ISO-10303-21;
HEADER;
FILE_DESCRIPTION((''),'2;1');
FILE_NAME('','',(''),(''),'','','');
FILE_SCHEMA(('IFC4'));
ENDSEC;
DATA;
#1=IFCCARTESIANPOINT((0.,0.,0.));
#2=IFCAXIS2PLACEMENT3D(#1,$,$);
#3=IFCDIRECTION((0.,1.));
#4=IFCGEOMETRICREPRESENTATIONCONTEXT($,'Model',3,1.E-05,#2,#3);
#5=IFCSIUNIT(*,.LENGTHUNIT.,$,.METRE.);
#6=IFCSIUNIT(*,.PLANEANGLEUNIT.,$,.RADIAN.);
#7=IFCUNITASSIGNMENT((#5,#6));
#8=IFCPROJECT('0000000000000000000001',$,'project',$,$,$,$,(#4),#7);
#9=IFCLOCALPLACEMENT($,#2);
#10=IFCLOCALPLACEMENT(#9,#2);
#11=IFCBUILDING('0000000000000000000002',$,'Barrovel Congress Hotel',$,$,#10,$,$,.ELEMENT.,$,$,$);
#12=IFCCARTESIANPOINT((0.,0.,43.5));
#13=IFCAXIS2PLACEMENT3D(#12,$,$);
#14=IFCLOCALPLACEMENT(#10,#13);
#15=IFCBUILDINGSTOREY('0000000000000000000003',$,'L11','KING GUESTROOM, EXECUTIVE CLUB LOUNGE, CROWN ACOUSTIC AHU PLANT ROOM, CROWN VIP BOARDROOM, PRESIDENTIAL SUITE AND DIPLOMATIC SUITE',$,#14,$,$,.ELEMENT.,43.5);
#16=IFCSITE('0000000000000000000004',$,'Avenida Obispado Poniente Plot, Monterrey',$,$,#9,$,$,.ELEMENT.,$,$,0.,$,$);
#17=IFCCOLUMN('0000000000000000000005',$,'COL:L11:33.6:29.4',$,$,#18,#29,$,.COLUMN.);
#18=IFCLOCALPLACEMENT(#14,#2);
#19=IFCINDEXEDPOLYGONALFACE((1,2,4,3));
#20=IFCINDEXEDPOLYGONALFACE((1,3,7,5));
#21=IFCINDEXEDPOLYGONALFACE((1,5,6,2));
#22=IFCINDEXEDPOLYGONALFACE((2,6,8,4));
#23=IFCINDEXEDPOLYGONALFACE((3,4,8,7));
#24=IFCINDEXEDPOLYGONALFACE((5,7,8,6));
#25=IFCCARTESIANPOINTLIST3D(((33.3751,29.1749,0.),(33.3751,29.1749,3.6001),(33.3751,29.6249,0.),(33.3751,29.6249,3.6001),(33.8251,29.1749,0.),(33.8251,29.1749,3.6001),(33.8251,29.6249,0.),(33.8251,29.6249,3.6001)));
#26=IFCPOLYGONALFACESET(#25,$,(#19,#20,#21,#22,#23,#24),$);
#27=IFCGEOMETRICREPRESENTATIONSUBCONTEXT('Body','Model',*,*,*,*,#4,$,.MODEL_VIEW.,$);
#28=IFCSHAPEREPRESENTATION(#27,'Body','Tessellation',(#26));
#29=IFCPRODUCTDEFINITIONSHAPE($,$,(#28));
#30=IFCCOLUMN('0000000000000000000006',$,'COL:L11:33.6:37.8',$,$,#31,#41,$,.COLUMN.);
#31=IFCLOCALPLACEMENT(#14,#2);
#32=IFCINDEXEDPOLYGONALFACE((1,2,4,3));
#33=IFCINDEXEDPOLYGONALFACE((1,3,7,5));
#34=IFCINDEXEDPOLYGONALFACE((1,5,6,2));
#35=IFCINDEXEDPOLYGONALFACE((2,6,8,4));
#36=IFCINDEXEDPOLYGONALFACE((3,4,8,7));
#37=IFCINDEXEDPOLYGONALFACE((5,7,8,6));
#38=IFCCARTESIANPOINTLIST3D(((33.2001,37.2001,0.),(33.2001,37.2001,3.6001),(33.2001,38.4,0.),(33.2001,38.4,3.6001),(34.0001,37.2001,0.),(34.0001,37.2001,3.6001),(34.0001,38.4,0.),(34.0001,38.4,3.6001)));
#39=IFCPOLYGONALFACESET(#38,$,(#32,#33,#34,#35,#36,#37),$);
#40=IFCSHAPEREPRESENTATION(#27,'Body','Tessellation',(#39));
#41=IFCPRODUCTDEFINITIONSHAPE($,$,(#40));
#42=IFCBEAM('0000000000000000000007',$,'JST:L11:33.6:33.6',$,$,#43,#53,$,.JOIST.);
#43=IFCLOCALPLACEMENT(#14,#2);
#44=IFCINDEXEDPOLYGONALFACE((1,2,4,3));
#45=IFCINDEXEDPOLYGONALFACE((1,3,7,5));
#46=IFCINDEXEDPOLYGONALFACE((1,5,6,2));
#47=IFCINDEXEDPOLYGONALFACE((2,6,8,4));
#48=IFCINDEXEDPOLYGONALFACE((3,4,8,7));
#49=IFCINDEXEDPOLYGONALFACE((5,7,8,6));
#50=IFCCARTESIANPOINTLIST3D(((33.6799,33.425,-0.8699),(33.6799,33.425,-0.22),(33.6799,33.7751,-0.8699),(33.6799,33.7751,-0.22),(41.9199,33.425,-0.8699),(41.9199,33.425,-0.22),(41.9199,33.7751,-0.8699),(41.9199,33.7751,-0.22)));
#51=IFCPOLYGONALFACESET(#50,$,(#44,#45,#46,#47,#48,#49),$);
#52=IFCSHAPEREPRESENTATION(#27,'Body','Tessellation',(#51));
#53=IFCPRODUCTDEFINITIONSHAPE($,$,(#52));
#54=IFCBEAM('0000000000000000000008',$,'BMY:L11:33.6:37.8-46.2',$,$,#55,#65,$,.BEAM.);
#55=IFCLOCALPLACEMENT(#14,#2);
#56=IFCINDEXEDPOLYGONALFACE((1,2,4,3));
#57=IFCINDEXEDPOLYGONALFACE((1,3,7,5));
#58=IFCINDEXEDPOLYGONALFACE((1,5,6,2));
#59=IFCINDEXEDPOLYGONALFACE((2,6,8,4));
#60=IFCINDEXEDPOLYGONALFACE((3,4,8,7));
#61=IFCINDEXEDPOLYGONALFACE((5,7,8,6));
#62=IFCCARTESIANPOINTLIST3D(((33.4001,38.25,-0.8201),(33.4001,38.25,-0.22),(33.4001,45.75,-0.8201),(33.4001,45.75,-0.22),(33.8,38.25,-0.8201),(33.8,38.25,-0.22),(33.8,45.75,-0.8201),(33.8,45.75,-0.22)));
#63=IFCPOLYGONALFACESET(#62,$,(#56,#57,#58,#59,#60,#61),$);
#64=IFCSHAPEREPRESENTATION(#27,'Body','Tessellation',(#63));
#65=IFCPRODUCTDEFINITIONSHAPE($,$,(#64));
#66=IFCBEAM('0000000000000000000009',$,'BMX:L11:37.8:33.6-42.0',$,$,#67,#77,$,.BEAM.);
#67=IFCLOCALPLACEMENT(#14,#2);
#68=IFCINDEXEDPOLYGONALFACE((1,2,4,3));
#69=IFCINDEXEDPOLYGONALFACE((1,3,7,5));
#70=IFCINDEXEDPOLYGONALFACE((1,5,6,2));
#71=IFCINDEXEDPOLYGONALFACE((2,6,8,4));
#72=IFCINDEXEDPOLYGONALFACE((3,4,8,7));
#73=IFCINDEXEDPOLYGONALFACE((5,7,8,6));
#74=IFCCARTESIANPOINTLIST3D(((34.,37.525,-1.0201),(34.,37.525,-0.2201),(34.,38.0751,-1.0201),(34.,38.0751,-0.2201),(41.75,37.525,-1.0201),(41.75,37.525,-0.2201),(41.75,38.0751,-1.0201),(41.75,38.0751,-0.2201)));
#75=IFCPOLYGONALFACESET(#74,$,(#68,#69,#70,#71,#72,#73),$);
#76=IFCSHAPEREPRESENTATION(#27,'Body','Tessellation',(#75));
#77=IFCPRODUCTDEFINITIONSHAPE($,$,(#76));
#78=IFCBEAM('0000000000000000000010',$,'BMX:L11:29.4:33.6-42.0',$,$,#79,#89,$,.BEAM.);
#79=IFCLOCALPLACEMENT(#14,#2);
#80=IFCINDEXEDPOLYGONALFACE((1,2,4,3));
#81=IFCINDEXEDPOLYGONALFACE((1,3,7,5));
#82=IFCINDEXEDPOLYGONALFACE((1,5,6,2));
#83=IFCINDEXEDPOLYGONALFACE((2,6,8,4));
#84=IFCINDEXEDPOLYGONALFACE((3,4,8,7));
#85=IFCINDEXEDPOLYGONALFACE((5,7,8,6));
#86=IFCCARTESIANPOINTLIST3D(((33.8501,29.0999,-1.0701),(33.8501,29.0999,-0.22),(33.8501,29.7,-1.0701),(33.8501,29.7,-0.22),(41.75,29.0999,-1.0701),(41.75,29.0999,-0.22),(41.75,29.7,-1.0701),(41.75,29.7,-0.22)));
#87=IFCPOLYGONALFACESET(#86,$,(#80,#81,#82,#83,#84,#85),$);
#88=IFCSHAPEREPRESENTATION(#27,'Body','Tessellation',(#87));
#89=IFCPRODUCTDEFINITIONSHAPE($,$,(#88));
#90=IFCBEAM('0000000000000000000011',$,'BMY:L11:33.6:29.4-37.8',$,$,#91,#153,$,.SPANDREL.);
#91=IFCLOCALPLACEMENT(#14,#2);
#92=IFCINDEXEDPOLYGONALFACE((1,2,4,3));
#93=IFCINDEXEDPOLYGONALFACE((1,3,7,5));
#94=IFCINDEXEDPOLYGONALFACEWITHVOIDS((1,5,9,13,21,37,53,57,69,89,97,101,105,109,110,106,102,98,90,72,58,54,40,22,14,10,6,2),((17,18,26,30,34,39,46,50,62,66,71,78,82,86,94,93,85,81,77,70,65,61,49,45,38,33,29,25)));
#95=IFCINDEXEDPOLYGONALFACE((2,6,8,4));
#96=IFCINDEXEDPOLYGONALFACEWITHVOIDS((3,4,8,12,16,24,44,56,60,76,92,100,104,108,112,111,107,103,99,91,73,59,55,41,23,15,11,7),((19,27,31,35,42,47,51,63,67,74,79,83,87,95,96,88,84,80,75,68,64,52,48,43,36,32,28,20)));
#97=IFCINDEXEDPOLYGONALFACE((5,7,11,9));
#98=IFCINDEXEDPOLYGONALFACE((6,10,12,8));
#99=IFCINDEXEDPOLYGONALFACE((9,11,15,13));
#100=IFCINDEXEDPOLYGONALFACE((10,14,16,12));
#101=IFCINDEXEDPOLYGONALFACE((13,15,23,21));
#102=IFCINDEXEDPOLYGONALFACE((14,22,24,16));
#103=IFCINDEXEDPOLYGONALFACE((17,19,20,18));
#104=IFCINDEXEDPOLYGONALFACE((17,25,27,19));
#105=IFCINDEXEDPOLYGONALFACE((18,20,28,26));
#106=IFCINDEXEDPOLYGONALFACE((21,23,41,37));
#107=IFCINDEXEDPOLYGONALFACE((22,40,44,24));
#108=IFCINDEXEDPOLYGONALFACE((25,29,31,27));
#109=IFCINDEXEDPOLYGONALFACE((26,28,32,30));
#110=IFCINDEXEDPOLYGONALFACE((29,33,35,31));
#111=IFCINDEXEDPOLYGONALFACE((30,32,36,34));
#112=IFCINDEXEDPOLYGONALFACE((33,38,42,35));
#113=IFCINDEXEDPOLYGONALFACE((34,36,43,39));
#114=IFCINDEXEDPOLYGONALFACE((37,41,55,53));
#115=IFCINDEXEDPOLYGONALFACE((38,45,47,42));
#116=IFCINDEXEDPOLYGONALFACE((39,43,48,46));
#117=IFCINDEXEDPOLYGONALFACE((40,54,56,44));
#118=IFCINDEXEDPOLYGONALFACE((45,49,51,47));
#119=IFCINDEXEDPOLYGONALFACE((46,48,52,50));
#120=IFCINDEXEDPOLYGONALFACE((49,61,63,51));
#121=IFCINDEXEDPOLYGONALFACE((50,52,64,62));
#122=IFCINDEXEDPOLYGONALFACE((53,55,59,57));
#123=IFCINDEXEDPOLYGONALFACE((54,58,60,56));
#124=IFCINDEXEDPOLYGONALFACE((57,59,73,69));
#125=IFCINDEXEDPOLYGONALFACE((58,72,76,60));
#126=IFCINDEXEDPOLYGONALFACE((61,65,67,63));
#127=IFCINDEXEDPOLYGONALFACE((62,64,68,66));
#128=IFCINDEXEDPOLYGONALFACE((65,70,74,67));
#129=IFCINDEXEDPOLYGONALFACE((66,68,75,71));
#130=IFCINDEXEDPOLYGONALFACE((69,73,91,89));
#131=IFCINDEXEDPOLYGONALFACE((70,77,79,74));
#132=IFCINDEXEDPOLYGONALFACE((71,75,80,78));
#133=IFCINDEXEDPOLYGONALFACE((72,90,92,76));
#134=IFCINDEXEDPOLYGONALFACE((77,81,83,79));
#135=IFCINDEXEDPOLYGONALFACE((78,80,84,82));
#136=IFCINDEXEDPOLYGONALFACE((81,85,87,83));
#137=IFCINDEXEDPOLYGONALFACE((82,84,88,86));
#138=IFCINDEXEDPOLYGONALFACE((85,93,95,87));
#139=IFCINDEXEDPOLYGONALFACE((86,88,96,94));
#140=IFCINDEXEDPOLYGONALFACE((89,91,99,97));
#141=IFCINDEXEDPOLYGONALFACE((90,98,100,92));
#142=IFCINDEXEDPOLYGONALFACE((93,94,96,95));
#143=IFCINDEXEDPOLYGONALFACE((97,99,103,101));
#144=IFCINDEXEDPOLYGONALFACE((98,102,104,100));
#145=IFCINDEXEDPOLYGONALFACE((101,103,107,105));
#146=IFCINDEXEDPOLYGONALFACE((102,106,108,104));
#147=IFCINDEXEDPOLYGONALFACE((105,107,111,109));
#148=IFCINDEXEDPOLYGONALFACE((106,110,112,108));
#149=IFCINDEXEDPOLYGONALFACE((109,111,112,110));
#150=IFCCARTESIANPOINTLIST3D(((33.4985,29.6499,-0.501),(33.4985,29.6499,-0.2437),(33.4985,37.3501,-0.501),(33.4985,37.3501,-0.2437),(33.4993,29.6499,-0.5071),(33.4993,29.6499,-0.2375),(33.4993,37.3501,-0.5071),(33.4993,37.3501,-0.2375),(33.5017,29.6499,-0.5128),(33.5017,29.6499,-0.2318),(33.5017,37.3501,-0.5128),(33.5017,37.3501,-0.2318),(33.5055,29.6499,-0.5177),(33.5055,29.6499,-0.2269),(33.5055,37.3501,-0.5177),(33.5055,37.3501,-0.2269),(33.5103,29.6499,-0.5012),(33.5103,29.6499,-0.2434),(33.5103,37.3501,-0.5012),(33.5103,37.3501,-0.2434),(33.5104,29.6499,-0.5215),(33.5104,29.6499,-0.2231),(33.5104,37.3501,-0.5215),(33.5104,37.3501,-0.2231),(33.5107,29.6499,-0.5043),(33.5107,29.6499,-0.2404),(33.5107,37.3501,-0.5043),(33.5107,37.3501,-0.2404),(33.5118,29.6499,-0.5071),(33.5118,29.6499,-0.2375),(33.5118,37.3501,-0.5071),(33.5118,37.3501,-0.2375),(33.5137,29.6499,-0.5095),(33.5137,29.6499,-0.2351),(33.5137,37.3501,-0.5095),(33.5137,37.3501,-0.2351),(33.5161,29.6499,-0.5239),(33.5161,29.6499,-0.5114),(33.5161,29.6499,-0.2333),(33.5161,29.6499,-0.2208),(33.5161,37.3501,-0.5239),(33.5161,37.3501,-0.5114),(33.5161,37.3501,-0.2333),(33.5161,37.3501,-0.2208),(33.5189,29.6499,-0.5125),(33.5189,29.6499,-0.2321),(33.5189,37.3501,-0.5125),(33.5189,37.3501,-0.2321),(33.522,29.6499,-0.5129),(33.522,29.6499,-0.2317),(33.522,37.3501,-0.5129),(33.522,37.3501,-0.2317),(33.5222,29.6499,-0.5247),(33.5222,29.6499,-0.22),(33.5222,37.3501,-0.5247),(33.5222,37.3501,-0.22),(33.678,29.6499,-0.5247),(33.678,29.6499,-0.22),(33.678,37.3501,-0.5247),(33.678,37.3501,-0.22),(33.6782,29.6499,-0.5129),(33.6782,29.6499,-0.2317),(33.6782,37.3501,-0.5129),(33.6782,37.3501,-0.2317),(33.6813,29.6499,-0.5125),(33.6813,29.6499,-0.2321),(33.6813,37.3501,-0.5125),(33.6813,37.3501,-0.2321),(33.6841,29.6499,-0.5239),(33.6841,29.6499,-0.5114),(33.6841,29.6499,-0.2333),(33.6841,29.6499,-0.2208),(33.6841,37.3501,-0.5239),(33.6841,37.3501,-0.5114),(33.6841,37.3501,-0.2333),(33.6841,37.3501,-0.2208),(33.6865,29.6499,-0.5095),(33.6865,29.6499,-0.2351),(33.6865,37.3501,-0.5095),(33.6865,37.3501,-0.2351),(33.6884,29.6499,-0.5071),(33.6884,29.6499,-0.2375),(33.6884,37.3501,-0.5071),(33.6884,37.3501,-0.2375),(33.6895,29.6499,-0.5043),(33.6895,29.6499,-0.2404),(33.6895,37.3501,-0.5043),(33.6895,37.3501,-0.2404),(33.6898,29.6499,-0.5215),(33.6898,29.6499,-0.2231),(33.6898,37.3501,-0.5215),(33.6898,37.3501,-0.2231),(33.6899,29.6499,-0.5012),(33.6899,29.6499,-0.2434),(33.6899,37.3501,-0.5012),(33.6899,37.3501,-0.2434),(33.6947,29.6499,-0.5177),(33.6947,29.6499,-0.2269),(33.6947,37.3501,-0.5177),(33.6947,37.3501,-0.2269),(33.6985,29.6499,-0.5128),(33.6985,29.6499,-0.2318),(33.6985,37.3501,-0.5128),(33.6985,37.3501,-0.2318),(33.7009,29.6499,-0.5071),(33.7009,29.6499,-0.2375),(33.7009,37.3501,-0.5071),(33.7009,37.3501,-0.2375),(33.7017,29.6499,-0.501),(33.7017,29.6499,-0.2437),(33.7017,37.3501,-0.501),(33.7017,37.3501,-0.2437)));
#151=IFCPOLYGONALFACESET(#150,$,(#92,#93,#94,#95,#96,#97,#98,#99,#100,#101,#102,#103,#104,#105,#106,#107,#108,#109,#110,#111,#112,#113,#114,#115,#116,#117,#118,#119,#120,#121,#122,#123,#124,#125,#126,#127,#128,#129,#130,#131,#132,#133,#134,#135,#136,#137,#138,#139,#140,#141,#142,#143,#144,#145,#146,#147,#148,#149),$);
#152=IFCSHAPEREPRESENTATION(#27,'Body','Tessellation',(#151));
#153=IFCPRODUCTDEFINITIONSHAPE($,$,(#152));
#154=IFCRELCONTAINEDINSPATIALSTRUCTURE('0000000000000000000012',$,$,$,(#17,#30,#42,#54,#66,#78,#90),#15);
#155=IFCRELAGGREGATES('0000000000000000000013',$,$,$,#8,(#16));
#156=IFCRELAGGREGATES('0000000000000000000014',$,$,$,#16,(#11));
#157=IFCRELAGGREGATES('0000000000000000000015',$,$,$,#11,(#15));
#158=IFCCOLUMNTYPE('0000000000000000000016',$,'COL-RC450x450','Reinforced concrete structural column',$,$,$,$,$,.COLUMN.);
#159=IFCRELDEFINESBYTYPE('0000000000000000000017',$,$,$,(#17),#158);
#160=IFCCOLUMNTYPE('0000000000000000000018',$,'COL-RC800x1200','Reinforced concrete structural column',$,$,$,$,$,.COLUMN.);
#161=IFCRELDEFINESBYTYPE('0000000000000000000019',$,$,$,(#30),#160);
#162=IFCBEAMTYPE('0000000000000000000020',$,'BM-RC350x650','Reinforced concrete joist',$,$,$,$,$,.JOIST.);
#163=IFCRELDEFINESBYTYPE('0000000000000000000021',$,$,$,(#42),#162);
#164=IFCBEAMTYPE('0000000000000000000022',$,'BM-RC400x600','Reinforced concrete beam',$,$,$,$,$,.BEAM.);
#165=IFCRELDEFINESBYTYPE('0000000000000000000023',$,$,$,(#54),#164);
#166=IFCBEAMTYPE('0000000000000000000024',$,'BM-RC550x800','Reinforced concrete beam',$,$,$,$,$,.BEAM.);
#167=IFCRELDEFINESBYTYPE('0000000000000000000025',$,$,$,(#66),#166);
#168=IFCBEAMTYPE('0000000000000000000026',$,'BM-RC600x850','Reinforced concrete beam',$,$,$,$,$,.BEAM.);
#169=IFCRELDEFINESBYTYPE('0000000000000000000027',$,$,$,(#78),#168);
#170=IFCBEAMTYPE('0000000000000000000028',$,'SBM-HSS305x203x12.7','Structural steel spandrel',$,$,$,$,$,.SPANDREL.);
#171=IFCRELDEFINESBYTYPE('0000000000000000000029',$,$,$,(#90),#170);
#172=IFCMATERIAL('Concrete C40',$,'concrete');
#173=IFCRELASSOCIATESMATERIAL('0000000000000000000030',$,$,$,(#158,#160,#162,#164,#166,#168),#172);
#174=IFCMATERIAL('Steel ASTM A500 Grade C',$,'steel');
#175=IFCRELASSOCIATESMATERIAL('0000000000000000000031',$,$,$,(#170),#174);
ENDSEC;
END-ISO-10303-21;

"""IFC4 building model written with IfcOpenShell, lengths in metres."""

from ifc_helpers import new_model, si_unit, direction, frame, origin, origin_2d, place, context, subcontext, project, spatial, rectangle, hollow_rectangle, extrude, material, material_profile, profile_set, type_object, element, save


model = new_model("IFC4")

# Units and contexts
model_context = context("Model", 3, precision=1e-05, world=origin(), true_north=direction((0.0, 1.0)))
body_context = subcontext(model_context, "Body", "Model", "MODEL_VIEW")
ifc_project = project(units=[si_unit("LENGTHUNIT", "METRE"), si_unit("PLANEANGLEUNIT", "RADIAN")], contexts=[model_context])

# Site, building, storey
site_placement = place(None, origin())
site = spatial("IfcSite", under=ifc_project, at=site_placement, Name="Avenida Obispado Poniente Plot, Monterrey", CompositionType="ELEMENT", RefElevation=0.0)
building_placement = place(site_placement, origin())
building = spatial("IfcBuilding", under=site, at=building_placement, Name="Barrovel Congress Hotel", CompositionType="ELEMENT")
storey_placement = place(building_placement, frame((0.0, 0.0, 43.5)))
storey = spatial("IfcBuildingStorey", under=building, at=storey_placement, Name="L11", Description="KING GUESTROOM, EXECUTIVE CLUB LOUNGE, CROWN ACOUSTIC AHU PLANT ROOM, CROWN VIP BOARDROOM, PRESIDENTIAL SUITE AND DIPLOMATIC SUITE", CompositionType="ELEMENT", Elevation=43.5)

# Columns
ifc_material_1 = material(Name="Concrete C40", Category="concrete")
ifc_material_profile_1 = material_profile(ifc_material_1, rectangle(XDim=0.45, YDim=0.45, at=origin_2d()), Name="RC450x450")
ifc_profile_set_1 = profile_set([ifc_material_profile_1], Name="Concrete C40")
column_type_1 = type_object("IfcColumnType", Name="COL-RC450x450", Description="Reinforced concrete structural column", PredefinedType="COLUMN", material=ifc_profile_set_1)
column_1_placement = place(storey_placement, frame((33.6001, 29.3999, 0.0), z_axis=(0.0, 0.0, 1.0), x_axis=(1.0, 0.0, 0.0)))
element("IfcColumn", 1, at=column_1_placement, inside=storey, type_object=column_type_1, Name="COL:L11:33.6:29.4", PredefinedType="COLUMN", context=body_context, shape_type="SweptSolid", body=[
    extrude(rectangle(XDim=0.45, YDim=0.45, at=origin_2d()), origin(), (0.0, 0.0, 1.0), 3.6001),
])
ifc_material_profile_2 = material_profile(ifc_material_1, rectangle(XDim=0.8, YDim=1.2, at=origin_2d()), Name="RC800x1200")
ifc_profile_set_2 = profile_set([ifc_material_profile_2], Name="Concrete C40")
column_type_2 = type_object("IfcColumnType", Name="COL-RC800x1200", Description="Reinforced concrete structural column", PredefinedType="COLUMN", material=ifc_profile_set_2)
column_2_placement = place(storey_placement, frame((33.6001, 37.8, 0.0), z_axis=(0.0, 0.0, 1.0), x_axis=(1.0, 0.0, 0.0)))
element("IfcColumn", 2, at=column_2_placement, inside=storey, type_object=column_type_2, Name="COL:L11:33.6:37.8", PredefinedType="COLUMN", context=body_context, shape_type="SweptSolid", body=[
    extrude(rectangle(XDim=0.8, YDim=1.2, at=origin_2d()), origin(), (0.0, 0.0, 1.0), 3.6001),
])

# Beams
ifc_material_profile_3 = material_profile(ifc_material_1, rectangle(XDim=0.3501, YDim=0.6499, at=origin_2d()), Name="RC350x650")
ifc_profile_set_3 = profile_set([ifc_material_profile_3], Name="Concrete C40")
beam_type_1 = type_object("IfcBeamType", Name="BM-RC350x650", Description="Reinforced concrete joist", PredefinedType="JOIST", material=ifc_profile_set_3)
beam_1_placement = place(storey_placement, frame((33.6799, 33.6001, -0.5449), z_axis=(1.0, 0.0, 0.0), x_axis=(0.0, 1.0, 0.0)))
element("IfcBeam", 3, at=beam_1_placement, inside=storey, type_object=beam_type_1, Name="JST:L11:33.6:33.6", PredefinedType="JOIST", context=body_context, shape_type="SweptSolid", body=[
    extrude(rectangle(XDim=0.3501, YDim=0.6499, at=origin_2d()), origin(), (0.0, 0.0, 1.0), 8.24),
])
ifc_material_profile_4 = material_profile(ifc_material_1, rectangle(XDim=0.3999, YDim=0.6001, at=origin_2d()), Name="RC400x600")
ifc_profile_set_4 = profile_set([ifc_material_profile_4], Name="Concrete C40")
beam_type_2 = type_object("IfcBeamType", Name="BM-RC400x600", Description="Reinforced concrete beam", PredefinedType="BEAM", material=ifc_profile_set_4)
beam_2_placement = place(storey_placement, frame((33.6001, 38.25, -0.52), z_axis=(0.0, 1.0, 0.0), x_axis=(-1.0, 0.0, 0.0)))
element("IfcBeam", 4, at=beam_2_placement, inside=storey, type_object=beam_type_2, Name="BMY:L11:33.6:37.8-46.2", PredefinedType="BEAM", context=body_context, shape_type="SweptSolid", body=[
    extrude(rectangle(XDim=0.3999, YDim=0.6001, at=origin_2d()), origin(), (0.0, 0.0, 1.0), 7.5),
])
ifc_material_profile_5 = material_profile(ifc_material_1, rectangle(XDim=0.55, YDim=0.8, at=origin_2d()), Name="RC550x800")
ifc_profile_set_5 = profile_set([ifc_material_profile_5], Name="Concrete C40")
beam_type_3 = type_object("IfcBeamType", Name="BM-RC550x800", Description="Reinforced concrete beam", PredefinedType="BEAM", material=ifc_profile_set_5)
beam_3_placement = place(storey_placement, frame((34.0, 37.8, -0.6201), z_axis=(1.0, 0.0, 0.0), x_axis=(0.0, 1.0, 0.0)))
element("IfcBeam", 5, at=beam_3_placement, inside=storey, type_object=beam_type_3, Name="BMX:L11:37.8:33.6-42.0", PredefinedType="BEAM", context=body_context, shape_type="SweptSolid", body=[
    extrude(rectangle(XDim=0.55, YDim=0.8, at=origin_2d()), origin(), (0.0, 0.0, 1.0), 7.75),
])
ifc_material_profile_6 = material_profile(ifc_material_1, rectangle(XDim=0.6001, YDim=0.8501, at=origin_2d()), Name="RC600x850")
ifc_profile_set_6 = profile_set([ifc_material_profile_6], Name="Concrete C40")
beam_type_4 = type_object("IfcBeamType", Name="BM-RC600x850", Description="Reinforced concrete beam", PredefinedType="BEAM", material=ifc_profile_set_6)
beam_4_placement = place(storey_placement, frame((33.8501, 29.3999, -0.645), z_axis=(1.0, 0.0, 0.0), x_axis=(0.0, 1.0, 0.0)))
element("IfcBeam", 6, at=beam_4_placement, inside=storey, type_object=beam_type_4, Name="BMX:L11:29.4:33.6-42.0", PredefinedType="BEAM", context=body_context, shape_type="SweptSolid", body=[
    extrude(rectangle(XDim=0.6001, YDim=0.8501, at=origin_2d()), origin(), (0.0, 0.0, 1.0), 7.8999),
])
ifc_material_2 = material(Name="Steel ASTM A500 Grade C", Category="steel")
ifc_material_profile_7 = material_profile(ifc_material_2, hollow_rectangle(XDim=0.2031, YDim=0.3047, WallThickness=0.0117, InnerFilletRadius=0.0117, OuterFilletRadius=0.0237, at=origin_2d()), Name="HSS305x203x12.7")
ifc_profile_set_7 = profile_set([ifc_material_profile_7], Name="Steel ASTM A500 Grade C")
beam_type_5 = type_object("IfcBeamType", Name="SBM-HSS305x203x12.7", Description="Structural steel spandrel", PredefinedType="SPANDREL", material=ifc_profile_set_7)
beam_5_placement = place(storey_placement, frame((33.6001, 29.6499, -0.3723), z_axis=(0.0, 1.0, 0.0), x_axis=(-1.0, 0.0, 0.0)))
element("IfcBeam", 7, at=beam_5_placement, inside=storey, type_object=beam_type_5, Name="BMY:L11:33.6:29.4-37.8", PredefinedType="SPANDREL", context=body_context, shape_type="SweptSolid", body=[
    extrude(hollow_rectangle(XDim=0.2031, YDim=0.3047, WallThickness=0.0117, InnerFilletRadius=0.0117, OuterFilletRadius=0.0237, at=origin_2d()), origin(), (0.0, 0.0, 1.0), 7.7002),
])

save(model, "model.ifc")
